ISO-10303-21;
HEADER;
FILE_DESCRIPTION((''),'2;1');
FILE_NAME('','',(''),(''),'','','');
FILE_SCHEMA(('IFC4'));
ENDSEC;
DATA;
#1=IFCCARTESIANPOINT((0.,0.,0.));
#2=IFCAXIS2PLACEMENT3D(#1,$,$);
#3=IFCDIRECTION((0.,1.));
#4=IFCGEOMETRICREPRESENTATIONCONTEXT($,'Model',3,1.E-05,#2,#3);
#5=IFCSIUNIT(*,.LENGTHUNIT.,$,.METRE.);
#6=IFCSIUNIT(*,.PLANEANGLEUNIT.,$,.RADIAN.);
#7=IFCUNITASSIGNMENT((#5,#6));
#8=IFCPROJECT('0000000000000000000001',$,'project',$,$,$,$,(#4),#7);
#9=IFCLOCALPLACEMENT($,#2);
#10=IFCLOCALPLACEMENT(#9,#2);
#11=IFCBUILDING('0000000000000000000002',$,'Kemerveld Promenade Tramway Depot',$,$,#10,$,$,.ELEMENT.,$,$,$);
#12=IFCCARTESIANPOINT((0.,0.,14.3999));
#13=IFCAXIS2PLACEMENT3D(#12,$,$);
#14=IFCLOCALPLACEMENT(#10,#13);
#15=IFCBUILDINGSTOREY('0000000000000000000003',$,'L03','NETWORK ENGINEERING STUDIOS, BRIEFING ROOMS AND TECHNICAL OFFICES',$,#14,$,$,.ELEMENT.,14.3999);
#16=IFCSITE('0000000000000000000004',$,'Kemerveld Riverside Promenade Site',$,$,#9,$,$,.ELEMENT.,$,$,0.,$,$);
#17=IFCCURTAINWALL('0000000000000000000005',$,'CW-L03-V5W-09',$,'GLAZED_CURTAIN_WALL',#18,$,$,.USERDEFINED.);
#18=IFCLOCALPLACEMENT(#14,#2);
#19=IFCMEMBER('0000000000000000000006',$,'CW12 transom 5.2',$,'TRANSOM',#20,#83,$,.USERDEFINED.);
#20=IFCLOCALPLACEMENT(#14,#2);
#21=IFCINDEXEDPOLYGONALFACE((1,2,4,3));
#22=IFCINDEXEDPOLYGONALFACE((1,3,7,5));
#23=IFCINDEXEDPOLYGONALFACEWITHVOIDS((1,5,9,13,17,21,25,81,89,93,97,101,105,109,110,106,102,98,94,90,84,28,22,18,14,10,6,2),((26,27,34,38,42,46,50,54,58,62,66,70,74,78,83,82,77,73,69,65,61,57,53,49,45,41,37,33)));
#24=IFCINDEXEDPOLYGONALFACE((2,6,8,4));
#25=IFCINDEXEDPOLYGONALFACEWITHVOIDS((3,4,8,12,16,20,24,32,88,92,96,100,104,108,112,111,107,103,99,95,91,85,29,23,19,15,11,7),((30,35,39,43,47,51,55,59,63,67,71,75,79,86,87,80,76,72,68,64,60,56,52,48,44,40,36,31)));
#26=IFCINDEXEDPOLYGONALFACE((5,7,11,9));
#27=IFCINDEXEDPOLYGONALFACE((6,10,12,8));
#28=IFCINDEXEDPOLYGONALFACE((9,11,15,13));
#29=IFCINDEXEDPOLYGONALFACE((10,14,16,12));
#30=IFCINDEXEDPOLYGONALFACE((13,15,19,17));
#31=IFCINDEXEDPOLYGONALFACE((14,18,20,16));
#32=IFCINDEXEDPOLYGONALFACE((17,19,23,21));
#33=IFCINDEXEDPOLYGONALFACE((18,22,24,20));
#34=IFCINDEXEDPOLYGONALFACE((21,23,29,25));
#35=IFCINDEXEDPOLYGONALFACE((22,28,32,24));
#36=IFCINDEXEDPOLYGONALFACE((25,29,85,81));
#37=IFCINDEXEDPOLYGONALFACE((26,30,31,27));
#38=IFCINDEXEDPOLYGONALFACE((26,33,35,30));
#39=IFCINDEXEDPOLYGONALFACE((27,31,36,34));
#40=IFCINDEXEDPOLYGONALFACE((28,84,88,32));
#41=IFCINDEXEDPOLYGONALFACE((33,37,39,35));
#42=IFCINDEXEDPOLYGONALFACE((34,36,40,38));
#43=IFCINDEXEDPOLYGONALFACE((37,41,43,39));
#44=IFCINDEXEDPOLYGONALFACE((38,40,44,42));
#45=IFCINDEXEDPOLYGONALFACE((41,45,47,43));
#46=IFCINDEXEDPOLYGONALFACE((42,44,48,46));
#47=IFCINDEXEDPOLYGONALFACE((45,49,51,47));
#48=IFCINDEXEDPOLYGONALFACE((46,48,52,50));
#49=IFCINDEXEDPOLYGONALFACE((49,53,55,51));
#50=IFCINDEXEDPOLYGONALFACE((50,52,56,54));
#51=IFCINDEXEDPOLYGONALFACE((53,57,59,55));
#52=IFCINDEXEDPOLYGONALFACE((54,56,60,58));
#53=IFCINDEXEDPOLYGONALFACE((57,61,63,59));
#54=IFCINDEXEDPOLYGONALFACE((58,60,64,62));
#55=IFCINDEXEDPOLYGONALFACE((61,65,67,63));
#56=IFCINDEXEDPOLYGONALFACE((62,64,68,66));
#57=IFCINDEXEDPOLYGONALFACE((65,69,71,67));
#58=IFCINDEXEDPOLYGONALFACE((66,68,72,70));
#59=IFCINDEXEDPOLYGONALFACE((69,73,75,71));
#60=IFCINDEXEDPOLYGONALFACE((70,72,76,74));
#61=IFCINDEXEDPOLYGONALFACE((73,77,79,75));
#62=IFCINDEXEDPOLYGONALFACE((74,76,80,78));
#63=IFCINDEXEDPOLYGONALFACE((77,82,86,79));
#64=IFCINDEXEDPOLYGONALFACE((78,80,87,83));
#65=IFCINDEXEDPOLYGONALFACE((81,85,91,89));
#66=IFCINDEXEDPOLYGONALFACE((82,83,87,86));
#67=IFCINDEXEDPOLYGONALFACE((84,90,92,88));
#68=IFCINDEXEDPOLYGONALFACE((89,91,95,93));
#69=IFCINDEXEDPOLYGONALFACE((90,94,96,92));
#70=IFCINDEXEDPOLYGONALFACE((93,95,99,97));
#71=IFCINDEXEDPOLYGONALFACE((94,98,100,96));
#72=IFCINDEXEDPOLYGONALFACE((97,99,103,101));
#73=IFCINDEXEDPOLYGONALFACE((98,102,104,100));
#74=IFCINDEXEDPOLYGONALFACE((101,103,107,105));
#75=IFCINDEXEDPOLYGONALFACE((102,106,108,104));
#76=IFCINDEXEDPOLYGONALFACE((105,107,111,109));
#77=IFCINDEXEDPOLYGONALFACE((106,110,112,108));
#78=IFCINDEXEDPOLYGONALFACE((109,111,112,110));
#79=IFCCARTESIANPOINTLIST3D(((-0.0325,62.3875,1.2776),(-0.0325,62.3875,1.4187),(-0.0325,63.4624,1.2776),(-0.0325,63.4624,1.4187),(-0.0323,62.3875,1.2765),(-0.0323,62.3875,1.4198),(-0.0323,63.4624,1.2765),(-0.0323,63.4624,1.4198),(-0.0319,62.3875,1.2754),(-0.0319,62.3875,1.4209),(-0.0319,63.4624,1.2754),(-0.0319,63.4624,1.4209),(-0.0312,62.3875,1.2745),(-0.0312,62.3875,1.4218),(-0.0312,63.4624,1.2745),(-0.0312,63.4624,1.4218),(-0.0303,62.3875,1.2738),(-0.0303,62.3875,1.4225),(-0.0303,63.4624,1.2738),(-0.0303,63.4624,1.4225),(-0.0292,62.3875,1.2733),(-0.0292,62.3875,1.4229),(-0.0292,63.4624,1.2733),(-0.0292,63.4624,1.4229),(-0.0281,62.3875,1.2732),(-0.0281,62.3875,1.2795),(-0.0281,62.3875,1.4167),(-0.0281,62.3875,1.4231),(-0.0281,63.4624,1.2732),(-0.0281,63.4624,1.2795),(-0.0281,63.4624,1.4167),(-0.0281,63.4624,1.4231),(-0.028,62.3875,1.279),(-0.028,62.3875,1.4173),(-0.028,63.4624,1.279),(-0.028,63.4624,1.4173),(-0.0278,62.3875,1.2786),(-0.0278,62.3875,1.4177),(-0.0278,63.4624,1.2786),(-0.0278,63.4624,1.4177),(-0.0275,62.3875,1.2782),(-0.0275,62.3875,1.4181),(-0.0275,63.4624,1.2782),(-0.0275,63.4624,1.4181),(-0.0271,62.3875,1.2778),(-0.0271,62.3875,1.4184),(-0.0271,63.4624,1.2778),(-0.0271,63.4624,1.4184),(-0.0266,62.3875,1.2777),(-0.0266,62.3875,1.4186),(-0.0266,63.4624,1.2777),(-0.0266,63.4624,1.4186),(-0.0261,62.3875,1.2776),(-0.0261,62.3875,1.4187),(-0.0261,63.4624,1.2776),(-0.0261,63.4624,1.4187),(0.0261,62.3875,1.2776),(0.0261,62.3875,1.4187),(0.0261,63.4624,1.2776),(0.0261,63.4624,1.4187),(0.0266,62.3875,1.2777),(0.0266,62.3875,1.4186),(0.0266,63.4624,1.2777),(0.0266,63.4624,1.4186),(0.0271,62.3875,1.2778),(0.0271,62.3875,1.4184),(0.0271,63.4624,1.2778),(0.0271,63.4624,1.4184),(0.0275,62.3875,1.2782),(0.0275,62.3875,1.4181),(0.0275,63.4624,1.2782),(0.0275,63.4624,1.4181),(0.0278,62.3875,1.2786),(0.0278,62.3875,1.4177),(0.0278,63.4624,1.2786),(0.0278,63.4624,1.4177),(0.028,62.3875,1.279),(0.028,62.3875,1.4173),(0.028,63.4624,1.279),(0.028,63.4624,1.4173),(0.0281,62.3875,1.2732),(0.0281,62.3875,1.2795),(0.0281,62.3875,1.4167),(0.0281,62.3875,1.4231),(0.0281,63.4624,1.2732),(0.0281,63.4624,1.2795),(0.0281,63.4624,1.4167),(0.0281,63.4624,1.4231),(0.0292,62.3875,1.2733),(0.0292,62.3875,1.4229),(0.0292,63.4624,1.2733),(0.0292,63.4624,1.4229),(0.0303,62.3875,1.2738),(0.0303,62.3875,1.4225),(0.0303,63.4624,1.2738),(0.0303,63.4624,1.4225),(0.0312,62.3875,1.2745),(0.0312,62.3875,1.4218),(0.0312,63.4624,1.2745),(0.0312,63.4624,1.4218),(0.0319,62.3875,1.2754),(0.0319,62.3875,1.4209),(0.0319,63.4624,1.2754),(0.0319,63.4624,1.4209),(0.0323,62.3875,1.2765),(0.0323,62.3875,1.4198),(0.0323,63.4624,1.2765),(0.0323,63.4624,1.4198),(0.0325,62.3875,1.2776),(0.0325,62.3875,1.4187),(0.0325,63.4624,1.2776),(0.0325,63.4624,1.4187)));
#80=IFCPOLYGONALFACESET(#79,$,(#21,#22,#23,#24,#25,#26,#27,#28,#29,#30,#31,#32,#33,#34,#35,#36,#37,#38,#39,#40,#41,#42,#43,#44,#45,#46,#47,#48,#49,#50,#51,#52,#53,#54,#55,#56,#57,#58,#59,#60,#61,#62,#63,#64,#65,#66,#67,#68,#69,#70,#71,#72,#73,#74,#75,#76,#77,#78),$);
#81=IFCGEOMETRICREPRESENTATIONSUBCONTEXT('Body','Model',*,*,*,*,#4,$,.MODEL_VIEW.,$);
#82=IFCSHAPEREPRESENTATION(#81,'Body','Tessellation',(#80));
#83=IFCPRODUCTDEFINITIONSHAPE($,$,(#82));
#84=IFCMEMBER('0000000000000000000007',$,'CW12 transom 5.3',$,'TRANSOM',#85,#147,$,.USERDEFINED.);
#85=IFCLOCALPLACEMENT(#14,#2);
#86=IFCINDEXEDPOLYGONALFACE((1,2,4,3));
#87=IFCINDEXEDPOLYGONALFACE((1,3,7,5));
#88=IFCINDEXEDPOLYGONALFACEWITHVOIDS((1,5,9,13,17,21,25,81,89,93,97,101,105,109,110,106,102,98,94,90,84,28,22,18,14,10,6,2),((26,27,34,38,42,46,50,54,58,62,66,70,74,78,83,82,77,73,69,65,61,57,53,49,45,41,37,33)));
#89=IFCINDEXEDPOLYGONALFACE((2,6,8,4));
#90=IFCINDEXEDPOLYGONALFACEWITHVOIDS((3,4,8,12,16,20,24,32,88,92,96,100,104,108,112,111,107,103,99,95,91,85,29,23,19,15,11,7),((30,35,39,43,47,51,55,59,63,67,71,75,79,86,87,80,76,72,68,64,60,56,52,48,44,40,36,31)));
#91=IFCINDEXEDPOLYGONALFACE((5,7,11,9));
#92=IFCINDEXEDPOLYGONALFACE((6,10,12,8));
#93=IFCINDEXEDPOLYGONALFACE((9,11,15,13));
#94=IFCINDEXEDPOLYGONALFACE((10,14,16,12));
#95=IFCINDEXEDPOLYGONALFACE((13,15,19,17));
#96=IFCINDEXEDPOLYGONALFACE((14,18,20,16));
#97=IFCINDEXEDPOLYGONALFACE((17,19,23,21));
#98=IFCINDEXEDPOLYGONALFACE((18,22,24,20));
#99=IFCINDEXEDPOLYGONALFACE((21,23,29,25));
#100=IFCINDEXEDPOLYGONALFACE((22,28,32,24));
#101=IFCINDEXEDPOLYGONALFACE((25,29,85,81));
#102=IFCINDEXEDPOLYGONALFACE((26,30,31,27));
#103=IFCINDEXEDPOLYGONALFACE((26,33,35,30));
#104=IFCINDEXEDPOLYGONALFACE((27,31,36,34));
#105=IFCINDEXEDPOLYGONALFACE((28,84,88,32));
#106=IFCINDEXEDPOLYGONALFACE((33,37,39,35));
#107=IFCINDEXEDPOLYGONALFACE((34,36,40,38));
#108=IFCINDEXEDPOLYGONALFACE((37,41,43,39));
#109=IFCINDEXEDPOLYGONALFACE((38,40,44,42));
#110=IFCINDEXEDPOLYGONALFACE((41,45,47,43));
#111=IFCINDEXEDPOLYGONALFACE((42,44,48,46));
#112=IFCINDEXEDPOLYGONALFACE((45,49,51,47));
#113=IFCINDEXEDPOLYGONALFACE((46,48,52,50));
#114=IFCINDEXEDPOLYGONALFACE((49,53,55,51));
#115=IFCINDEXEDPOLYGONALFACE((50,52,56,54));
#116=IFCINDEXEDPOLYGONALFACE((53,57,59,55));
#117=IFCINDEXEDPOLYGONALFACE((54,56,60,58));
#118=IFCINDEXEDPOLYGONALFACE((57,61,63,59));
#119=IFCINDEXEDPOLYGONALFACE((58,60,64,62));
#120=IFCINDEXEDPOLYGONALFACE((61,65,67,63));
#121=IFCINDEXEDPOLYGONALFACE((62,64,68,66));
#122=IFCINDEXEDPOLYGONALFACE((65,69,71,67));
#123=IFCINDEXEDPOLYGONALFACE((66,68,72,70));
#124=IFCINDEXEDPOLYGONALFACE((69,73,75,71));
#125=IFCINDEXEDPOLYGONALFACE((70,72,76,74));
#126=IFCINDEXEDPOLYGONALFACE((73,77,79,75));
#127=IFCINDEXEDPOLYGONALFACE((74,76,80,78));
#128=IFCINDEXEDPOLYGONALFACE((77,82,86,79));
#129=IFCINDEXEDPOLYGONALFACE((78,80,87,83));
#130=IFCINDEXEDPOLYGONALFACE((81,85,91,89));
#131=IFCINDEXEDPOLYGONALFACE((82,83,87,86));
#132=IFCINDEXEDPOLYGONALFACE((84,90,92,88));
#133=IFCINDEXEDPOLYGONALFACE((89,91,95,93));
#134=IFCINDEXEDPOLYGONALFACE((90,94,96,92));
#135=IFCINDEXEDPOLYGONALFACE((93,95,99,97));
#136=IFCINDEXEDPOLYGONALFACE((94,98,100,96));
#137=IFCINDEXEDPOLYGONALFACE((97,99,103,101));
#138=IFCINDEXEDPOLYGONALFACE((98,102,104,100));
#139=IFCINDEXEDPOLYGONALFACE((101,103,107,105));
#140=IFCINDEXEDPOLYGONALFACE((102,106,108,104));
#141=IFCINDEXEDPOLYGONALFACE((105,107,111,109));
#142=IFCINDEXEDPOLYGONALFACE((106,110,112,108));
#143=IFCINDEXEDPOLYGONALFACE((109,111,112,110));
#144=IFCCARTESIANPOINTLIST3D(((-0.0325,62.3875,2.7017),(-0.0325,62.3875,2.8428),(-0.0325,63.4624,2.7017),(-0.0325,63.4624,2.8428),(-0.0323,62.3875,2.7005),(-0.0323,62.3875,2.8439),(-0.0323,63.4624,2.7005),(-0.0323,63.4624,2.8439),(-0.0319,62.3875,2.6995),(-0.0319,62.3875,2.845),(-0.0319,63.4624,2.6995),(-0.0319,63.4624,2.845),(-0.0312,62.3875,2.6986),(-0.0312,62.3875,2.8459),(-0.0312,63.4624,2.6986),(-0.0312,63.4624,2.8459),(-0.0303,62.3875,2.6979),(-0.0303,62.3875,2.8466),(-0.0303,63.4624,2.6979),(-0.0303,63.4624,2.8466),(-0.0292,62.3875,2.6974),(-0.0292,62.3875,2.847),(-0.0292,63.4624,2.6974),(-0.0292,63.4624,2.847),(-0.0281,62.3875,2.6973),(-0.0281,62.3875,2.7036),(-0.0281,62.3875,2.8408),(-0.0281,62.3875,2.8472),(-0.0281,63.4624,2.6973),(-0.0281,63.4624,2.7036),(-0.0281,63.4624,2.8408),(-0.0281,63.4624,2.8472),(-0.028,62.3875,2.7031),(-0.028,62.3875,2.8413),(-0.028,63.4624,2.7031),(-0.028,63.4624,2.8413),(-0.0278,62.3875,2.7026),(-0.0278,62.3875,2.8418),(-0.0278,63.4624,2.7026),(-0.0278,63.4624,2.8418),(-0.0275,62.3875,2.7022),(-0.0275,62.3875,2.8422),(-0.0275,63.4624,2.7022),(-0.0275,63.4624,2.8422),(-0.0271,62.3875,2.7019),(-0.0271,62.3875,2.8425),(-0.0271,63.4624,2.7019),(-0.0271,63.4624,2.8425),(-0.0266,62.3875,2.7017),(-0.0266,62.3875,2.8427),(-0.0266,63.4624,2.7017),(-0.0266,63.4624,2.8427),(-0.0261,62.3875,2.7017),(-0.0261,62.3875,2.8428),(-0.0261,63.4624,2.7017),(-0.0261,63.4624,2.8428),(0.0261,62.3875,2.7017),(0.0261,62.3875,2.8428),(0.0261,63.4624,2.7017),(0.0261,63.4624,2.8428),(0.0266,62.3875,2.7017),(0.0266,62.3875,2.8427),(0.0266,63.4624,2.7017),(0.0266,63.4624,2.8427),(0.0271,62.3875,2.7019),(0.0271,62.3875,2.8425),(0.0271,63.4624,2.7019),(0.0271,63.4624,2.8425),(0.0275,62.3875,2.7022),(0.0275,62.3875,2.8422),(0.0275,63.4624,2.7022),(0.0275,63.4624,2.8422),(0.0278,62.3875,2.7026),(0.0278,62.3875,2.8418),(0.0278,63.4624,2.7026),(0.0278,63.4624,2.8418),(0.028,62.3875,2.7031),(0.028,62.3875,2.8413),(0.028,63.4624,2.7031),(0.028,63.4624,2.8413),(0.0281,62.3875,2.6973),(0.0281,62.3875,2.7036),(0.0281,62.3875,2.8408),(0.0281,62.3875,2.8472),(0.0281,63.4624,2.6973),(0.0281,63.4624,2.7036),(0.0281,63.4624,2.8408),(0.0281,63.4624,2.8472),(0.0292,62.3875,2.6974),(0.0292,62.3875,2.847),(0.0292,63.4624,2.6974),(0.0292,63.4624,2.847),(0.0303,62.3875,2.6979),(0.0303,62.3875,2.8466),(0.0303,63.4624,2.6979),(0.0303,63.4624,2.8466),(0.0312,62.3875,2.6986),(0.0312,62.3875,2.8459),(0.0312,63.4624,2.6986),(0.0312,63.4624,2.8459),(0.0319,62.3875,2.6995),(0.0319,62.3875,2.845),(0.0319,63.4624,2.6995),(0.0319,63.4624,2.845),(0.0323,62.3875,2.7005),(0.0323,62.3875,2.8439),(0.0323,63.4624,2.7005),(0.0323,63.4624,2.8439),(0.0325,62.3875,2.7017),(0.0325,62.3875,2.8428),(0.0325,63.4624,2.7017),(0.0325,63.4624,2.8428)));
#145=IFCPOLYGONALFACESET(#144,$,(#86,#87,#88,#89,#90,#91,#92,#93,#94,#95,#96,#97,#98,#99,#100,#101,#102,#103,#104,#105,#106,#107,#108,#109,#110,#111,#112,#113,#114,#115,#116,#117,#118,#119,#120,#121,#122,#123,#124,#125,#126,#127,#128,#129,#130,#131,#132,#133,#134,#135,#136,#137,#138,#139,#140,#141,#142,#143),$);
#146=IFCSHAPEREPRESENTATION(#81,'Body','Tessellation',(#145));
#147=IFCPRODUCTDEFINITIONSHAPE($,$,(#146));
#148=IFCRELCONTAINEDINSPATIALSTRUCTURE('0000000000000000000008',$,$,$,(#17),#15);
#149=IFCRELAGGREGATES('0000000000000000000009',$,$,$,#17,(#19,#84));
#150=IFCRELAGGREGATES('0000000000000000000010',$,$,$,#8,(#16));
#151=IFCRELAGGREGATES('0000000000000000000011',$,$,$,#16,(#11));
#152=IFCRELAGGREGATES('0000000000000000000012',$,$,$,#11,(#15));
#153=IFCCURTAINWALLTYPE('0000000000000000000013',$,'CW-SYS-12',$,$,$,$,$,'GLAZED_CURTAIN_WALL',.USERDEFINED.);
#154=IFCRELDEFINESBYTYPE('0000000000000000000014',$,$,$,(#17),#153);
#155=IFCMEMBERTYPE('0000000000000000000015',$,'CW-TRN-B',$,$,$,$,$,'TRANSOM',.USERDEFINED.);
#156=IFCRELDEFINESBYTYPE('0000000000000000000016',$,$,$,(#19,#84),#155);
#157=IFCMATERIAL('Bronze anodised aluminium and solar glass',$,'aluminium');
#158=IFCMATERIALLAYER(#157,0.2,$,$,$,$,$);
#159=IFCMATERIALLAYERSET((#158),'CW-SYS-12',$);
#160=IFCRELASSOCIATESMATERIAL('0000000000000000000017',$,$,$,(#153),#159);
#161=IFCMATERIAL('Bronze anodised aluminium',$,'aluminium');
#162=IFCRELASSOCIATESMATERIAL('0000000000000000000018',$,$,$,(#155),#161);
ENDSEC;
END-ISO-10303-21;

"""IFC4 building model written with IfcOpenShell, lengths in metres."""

from ifc_helpers import new_model, si_unit, direction, frame, origin, origin_2d, place, context, subcontext, project, spatial, hollow_rectangle, extrude, material, layer, layer_set, material_profile, profile_set, type_object, element, aggregate, save


model = new_model("IFC4")

# Units and contexts
model_context = context("Model", 3, precision=1e-05, world=origin(), true_north=direction((0.0, 1.0)))
body_context = subcontext(model_context, "Body", "Model", "MODEL_VIEW")
ifc_project = project(units=[si_unit("LENGTHUNIT", "METRE"), si_unit("PLANEANGLEUNIT", "RADIAN")], contexts=[model_context])

# Site, building, storey
site_placement = place(None, origin())
site = spatial("IfcSite", under=ifc_project, at=site_placement, Name="Kemerveld Riverside Promenade Site", CompositionType="ELEMENT", RefElevation=0.0)
building_placement = place(site_placement, origin())
building = spatial("IfcBuilding", under=site, at=building_placement, Name="Kemerveld Promenade Tramway Depot", CompositionType="ELEMENT")
storey_placement = place(building_placement, frame((0.0, 0.0, 14.3999)))
storey = spatial("IfcBuildingStorey", under=building, at=storey_placement, Name="L03", Description="NETWORK ENGINEERING STUDIOS, BRIEFING ROOMS AND TECHNICAL OFFICES", CompositionType="ELEMENT", Elevation=14.3999)

# Curtain wall, members
ifc_material_1 = material(Name="Bronze anodised aluminium and solar glass", Category="aluminium")
ifc_layer_1 = layer(ifc_material_1, 0.2)
ifc_layer_set_1 = layer_set([ifc_layer_1], Name="CW-SYS-12")
curtain_wall_type = type_object("IfcCurtainWallType", Name="CW-SYS-12", ElementType="GLAZED_CURTAIN_WALL", PredefinedType="USERDEFINED", material=ifc_layer_set_1)
curtain_wall_placement = place(storey_placement, origin())
curtain_wall = element("IfcCurtainWall", 1, at=curtain_wall_placement, inside=storey, type_object=curtain_wall_type, Name="CW-L03-V5W-09", ObjectType="GLAZED_CURTAIN_WALL", PredefinedType="USERDEFINED")
ifc_material_2 = material(Name="Bronze anodised aluminium", Category="aluminium")
ifc_material_profile_1 = material_profile(ifc_material_2, hollow_rectangle(XDim=0.0649, YDim=0.1499, WallThickness=0.0044, InnerFilletRadius=0.002, OuterFilletRadius=0.0044, at=origin_2d()), Name="CW-TRN-150x65")
ifc_profile_set_1 = profile_set([ifc_material_profile_1], Name="Bronze anodised aluminium")
member_type_1 = type_object("IfcMemberType", Name="CW-TRN-B", ElementType="TRANSOM", PredefinedType="USERDEFINED", material=ifc_profile_set_1)
member_1_placement = place(storey_placement, frame((0.0, 62.3875, 1.3481), z_axis=(0.0, 1.0, 0.0), x_axis=(-1.0, 0.0, 0.0)))
member_1 = element("IfcMember", 2, at=member_1_placement, type_object=member_type_1, Name="CW12 transom 5.2", ObjectType="TRANSOM", PredefinedType="USERDEFINED", context=body_context, shape_type="SweptSolid", body=[
    extrude(hollow_rectangle(XDim=0.0649, YDim=0.1499, WallThickness=0.0044, InnerFilletRadius=0.002, OuterFilletRadius=0.0044, at=origin_2d()), origin(), (0.0, 0.0, 1.0), 1.075),
])
member_2_placement = place(storey_placement, frame((0.0, 62.3875, 2.7722), z_axis=(0.0, 1.0, 0.0), x_axis=(-1.0, 0.0, 0.0)))
member_2 = element("IfcMember", 3, at=member_2_placement, type_object=member_type_1, Name="CW12 transom 5.3", ObjectType="TRANSOM", PredefinedType="USERDEFINED", context=body_context, shape_type="SweptSolid", body=[
    extrude(hollow_rectangle(XDim=0.0649, YDim=0.1499, WallThickness=0.0044, InnerFilletRadius=0.002, OuterFilletRadius=0.0044, at=origin_2d()), origin(), (0.0, 0.0, 1.0), 1.075),
])
aggregate(curtain_wall, [member_1, member_2])

save(model, "model.ifc")
